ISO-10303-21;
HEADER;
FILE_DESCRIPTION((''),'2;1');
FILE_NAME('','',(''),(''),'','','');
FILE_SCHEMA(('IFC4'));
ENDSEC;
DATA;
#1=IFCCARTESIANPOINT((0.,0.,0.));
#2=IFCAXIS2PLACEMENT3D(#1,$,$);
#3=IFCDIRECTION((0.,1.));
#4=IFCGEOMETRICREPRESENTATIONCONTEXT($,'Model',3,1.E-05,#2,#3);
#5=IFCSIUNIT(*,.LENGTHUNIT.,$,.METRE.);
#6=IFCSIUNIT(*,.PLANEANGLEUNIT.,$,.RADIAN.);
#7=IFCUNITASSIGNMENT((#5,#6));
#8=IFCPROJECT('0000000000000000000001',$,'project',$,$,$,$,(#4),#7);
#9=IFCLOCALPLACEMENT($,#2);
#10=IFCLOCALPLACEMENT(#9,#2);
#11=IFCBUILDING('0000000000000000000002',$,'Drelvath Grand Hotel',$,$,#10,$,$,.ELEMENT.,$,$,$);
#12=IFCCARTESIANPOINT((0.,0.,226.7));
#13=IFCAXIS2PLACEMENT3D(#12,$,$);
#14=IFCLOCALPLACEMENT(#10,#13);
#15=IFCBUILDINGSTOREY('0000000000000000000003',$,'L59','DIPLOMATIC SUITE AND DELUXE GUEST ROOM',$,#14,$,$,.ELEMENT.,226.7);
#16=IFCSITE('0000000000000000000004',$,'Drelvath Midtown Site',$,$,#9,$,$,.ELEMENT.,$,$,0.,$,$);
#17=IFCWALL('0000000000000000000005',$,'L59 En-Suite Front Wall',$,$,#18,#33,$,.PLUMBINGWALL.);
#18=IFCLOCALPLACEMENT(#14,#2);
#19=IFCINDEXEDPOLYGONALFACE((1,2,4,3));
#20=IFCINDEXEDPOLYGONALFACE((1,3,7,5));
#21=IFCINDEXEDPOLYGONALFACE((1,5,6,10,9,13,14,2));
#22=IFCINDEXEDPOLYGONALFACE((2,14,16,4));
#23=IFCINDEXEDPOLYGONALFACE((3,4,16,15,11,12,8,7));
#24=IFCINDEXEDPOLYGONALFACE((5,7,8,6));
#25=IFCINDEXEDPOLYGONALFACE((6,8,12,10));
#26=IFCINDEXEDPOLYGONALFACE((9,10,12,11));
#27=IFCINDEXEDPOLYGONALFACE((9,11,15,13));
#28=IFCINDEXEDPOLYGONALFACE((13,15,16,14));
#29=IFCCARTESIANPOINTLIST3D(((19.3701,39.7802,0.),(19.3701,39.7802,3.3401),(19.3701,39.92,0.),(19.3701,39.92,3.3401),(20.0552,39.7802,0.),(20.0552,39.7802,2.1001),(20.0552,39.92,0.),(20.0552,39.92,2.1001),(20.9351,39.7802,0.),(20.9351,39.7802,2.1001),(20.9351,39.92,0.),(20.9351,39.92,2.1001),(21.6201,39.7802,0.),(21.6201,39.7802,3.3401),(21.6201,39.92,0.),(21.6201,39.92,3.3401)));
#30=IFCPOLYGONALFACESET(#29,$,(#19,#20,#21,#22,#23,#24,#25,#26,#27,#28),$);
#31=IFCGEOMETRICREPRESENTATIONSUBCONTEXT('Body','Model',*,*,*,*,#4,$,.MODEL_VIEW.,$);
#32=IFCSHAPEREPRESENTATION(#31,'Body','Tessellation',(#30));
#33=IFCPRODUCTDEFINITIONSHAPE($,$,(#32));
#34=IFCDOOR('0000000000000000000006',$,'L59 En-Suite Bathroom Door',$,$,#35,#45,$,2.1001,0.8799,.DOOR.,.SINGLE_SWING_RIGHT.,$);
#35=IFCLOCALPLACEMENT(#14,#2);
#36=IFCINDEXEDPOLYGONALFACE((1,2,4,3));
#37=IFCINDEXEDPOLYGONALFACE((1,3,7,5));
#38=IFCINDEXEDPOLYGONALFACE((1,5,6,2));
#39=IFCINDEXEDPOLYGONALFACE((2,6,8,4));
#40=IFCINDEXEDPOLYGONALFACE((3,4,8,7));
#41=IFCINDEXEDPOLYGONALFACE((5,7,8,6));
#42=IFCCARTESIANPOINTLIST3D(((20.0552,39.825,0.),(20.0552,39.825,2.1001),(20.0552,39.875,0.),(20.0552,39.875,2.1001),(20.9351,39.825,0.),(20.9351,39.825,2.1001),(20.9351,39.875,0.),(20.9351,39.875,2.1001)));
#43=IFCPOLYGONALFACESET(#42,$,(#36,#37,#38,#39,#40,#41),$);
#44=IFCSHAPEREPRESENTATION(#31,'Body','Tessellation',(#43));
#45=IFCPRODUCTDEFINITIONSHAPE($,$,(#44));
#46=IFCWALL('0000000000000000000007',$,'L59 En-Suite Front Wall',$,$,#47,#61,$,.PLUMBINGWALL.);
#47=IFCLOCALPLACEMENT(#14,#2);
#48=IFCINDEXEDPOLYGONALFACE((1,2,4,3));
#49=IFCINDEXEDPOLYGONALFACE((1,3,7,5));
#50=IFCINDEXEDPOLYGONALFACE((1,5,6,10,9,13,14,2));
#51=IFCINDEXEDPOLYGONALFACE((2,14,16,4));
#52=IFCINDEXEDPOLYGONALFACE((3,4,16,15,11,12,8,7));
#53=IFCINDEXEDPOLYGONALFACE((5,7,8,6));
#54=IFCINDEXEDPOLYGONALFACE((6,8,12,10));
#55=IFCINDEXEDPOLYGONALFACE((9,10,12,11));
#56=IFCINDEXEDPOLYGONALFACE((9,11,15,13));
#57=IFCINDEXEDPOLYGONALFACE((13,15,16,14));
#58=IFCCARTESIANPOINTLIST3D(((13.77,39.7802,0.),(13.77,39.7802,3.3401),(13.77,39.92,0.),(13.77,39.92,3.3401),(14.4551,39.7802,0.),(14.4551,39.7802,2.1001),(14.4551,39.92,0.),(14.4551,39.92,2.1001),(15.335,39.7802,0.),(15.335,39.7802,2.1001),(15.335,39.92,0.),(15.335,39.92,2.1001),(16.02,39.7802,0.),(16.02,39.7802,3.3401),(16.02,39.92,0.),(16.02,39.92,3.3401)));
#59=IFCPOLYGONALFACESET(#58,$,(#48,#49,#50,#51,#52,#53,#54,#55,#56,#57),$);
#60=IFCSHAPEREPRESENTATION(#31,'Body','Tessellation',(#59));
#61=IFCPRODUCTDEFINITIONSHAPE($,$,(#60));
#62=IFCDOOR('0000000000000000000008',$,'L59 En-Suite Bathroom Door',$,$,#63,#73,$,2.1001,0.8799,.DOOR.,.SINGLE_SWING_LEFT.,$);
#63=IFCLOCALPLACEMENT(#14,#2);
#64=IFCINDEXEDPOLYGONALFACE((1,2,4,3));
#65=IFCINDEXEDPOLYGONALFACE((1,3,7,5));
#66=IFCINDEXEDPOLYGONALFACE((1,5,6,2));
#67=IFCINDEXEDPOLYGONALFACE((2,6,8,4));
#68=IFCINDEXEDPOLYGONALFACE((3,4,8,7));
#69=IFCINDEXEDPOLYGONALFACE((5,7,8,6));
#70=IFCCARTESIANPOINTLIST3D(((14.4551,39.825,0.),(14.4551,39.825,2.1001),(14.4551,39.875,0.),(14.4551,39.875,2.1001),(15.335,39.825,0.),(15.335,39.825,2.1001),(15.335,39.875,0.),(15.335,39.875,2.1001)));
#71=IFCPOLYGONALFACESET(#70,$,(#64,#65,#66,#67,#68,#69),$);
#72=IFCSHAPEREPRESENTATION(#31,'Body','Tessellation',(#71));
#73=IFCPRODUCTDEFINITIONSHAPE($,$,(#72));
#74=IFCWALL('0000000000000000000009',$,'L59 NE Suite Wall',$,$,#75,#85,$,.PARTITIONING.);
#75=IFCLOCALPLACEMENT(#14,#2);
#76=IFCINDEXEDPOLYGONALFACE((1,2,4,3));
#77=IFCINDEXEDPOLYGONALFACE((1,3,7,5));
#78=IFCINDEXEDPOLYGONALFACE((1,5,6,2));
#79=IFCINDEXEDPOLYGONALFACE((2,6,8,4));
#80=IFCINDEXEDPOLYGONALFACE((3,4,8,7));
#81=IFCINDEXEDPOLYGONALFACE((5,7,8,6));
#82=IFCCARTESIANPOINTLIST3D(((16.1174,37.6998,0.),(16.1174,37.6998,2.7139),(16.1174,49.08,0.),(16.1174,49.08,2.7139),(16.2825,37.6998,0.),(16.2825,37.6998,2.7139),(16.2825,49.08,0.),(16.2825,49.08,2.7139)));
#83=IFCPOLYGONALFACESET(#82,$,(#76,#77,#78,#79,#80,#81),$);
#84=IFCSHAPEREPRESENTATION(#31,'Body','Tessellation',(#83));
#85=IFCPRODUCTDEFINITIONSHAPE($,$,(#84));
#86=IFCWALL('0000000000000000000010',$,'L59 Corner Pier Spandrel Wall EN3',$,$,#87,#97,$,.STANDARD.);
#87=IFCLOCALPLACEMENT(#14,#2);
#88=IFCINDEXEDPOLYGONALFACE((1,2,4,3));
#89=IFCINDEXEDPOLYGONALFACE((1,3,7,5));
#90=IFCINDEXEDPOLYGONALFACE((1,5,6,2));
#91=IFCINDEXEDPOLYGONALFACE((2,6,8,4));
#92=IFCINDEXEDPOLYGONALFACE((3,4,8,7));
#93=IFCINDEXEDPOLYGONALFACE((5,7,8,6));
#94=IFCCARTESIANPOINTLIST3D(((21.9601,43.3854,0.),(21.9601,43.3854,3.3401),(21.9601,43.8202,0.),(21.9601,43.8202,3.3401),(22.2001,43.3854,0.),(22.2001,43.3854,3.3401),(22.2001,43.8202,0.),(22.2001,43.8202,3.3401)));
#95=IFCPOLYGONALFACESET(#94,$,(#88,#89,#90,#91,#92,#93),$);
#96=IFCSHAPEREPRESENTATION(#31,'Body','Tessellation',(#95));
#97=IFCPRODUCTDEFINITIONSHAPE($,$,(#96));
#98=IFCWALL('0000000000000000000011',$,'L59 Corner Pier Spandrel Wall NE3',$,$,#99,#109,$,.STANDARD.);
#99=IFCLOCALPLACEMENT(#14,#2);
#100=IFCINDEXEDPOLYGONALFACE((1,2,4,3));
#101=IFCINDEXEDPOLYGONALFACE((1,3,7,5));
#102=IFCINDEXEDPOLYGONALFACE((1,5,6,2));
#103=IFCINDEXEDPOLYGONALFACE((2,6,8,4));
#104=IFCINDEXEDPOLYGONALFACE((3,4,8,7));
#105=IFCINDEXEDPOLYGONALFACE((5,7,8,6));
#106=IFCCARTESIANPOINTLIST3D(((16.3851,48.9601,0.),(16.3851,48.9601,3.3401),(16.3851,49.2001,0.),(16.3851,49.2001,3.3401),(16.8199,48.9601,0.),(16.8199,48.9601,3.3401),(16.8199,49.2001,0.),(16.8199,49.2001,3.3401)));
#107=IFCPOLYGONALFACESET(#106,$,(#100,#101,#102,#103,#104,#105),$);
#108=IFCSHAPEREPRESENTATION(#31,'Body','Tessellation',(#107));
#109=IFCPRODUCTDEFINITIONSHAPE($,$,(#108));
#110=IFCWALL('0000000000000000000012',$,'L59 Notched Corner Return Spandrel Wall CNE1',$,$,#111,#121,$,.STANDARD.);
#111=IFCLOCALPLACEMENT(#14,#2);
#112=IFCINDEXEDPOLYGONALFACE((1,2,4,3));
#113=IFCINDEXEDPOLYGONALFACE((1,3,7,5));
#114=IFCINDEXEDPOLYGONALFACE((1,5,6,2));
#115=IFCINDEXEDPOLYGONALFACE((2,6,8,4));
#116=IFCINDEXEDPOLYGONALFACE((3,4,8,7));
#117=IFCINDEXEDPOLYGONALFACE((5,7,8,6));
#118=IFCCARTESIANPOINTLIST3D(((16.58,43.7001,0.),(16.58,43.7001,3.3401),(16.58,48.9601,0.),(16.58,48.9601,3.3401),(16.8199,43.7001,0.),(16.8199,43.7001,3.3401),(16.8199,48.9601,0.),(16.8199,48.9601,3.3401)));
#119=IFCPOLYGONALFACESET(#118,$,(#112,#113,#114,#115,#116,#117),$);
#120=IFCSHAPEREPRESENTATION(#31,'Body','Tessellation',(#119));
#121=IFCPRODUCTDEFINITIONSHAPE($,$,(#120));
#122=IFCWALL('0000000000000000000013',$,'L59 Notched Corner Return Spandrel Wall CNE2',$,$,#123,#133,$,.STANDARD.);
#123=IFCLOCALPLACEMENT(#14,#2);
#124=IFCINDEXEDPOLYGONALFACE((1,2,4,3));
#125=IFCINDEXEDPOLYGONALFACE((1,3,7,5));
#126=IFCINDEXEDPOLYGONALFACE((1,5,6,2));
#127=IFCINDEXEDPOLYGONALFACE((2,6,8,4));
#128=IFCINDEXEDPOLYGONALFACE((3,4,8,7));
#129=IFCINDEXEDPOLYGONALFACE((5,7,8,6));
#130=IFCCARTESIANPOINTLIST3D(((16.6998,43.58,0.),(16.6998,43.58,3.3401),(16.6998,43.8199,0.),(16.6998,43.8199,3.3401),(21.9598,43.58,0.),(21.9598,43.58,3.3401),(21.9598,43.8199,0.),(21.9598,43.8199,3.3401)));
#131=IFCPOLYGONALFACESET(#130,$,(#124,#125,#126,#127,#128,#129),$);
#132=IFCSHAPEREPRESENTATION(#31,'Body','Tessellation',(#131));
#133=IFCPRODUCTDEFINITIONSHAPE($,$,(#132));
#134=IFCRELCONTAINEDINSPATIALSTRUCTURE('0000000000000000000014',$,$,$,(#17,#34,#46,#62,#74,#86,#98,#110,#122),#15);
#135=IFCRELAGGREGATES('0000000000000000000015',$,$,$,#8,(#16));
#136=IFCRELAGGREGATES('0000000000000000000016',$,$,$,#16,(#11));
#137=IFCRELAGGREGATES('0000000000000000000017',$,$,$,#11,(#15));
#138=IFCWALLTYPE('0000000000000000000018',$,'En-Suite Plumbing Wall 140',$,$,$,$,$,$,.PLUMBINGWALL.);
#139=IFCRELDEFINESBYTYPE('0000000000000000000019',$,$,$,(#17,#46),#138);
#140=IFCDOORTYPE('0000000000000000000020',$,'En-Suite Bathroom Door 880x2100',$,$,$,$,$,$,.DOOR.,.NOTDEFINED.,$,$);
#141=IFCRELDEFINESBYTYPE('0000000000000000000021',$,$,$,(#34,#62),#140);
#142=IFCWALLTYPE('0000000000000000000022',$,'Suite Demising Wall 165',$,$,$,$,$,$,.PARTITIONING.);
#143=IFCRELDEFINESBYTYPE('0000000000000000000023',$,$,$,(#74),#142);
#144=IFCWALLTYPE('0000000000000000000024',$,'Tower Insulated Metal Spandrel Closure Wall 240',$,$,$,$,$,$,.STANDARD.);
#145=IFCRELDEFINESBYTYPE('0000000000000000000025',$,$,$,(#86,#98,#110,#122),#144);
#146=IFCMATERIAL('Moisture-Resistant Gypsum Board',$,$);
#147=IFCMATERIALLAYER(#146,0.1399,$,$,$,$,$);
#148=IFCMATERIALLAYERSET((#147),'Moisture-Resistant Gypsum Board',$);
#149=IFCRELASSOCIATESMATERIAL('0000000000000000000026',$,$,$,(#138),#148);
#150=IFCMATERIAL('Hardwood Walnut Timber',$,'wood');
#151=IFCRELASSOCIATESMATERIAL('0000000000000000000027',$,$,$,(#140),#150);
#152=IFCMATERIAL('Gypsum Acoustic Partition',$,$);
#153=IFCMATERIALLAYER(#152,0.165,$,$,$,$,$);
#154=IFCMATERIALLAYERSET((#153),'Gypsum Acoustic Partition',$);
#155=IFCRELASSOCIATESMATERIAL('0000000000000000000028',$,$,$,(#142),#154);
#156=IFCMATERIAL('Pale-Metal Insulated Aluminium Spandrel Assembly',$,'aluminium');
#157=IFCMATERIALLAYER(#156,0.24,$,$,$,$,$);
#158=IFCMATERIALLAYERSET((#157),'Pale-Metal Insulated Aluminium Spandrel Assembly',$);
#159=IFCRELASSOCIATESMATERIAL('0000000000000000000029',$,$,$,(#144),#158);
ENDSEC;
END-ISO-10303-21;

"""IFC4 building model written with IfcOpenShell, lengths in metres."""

from ifc_helpers import new_model, si_unit, direction, frame, frame_2d, origin, place, context, subcontext, project, spatial, rectangle, extrude, material, layer, layer_set, type_object, element, fill, save


model = new_model("IFC4")

# Units and contexts
model_context = context("Model", 3, precision=1e-05, world=origin(), true_north=direction((0.0, 1.0)))
body_context = subcontext(model_context, "Body", "Model", "MODEL_VIEW")
ifc_project = project(units=[si_unit("LENGTHUNIT", "METRE"), si_unit("PLANEANGLEUNIT", "RADIAN")], contexts=[model_context])

# Site, building, storey
site_placement = place(None, origin())
site = spatial("IfcSite", under=ifc_project, at=site_placement, Name="Drelvath Midtown Site", CompositionType="ELEMENT", RefElevation=0.0)
building_placement = place(site_placement, origin())
building = spatial("IfcBuilding", under=site, at=building_placement, Name="Drelvath Grand Hotel", CompositionType="ELEMENT")
storey_placement = place(building_placement, frame((0.0, 0.0, 226.7)))
storey = spatial("IfcBuildingStorey", under=building, at=storey_placement, Name="L59", Description="DIPLOMATIC SUITE AND DELUXE GUEST ROOM", CompositionType="ELEMENT", Elevation=226.7)

# Shared definitions
ifc_material_1 = material(Name="Moisture-Resistant Gypsum Board")
ifc_layer_1 = layer(ifc_material_1, 0.1399)
ifc_layer_set_1 = layer_set([ifc_layer_1], Name="Moisture-Resistant Gypsum Board")
wall_type_1 = type_object("IfcWallType", Name="En-Suite Plumbing Wall 140", PredefinedType="PLUMBINGWALL", material=ifc_layer_set_1)

# Walls, openings, doors
wall_1_placement = place(storey_placement, frame((19.3701, 39.8501, 0.0), z_axis=(0.0, 0.0, 1.0), x_axis=(1.0, 0.0, 0.0)))
wall_1 = element("IfcWall", 1, at=wall_1_placement, inside=storey, type_object=wall_type_1, Name="L59 En-Suite Front Wall", PredefinedType="PLUMBINGWALL", context=body_context, shape_type="SweptSolid", body=[
    extrude(rectangle(XDim=2.25, YDim=0.1399, at=frame_2d((1.125, 0.0))), origin(), (0.0, 0.0, 1.0), 3.3401),
])
opening_1_placement = place(wall_1_placement, frame((0.6851, 0.0, 0.0)))
opening_1 = element("IfcOpeningElement", 2, at=opening_1_placement, cuts=wall_1, PredefinedType="OPENING", context=body_context, shape_type="SweptSolid", body=[
    extrude(rectangle(XDim=0.8799, YDim=2.1001, at=frame_2d((0.4399, 1.05))), frame((0.0, 0.0798, 0.0), z_axis=(0.0, -1.0, 0.0), x_axis=(1.0, 0.0, 0.0)), (0.0, 0.0, 1.0), 0.1599),
])
ifc_material_2 = material(Name="Hardwood Walnut Timber", Category="wood")
door_type = type_object("IfcDoorType", Name="En-Suite Bathroom Door 880x2100", OperationType="NOTDEFINED", PredefinedType="DOOR", material=ifc_material_2)
door_1_placement = place(opening_1_placement, origin())
door_1 = element("IfcDoor", 3, at=door_1_placement, inside=storey, type_object=door_type, Name="L59 En-Suite Bathroom Door", OperationType="SINGLE_SWING_RIGHT", OverallHeight=2.1001, OverallWidth=0.8799, PredefinedType="DOOR", context=body_context, shape_type="SweptSolid", body=[
    extrude(rectangle(XDim=0.8799, YDim=2.1001, at=frame_2d((0.4399, 1.05))), frame((0.0, 0.0249, 0.0), z_axis=(0.0, -1.0, 0.0), x_axis=(1.0, 0.0, 0.0)), (0.0, 0.0, 1.0), 0.05),
])
fill(opening_1, door_1)
wall_2_placement = place(storey_placement, frame((13.77, 39.8501, 0.0), z_axis=(0.0, 0.0, 1.0), x_axis=(1.0, 0.0, 0.0)))
wall_2 = element("IfcWall", 4, at=wall_2_placement, inside=storey, type_object=wall_type_1, Name="L59 En-Suite Front Wall", PredefinedType="PLUMBINGWALL", context=body_context, shape_type="SweptSolid", body=[
    extrude(rectangle(XDim=2.25, YDim=0.1399, at=frame_2d((1.125, 0.0))), origin(), (0.0, 0.0, 1.0), 3.3401),
])
opening_2_placement = place(wall_2_placement, frame((0.6851, 0.0, 0.0)))
opening_2 = element("IfcOpeningElement", 5, at=opening_2_placement, cuts=wall_2, PredefinedType="OPENING", context=body_context, shape_type="SweptSolid", body=[
    extrude(rectangle(XDim=0.8799, YDim=2.1001, at=frame_2d((0.4399, 1.05))), frame((0.0, 0.0798, 0.0), z_axis=(0.0, -1.0, 0.0), x_axis=(1.0, 0.0, 0.0)), (0.0, 0.0, 1.0), 0.1599),
])
door_2_placement = place(opening_2_placement, origin())
door_2 = element("IfcDoor", 6, at=door_2_placement, inside=storey, type_object=door_type, Name="L59 En-Suite Bathroom Door", OperationType="SINGLE_SWING_LEFT", OverallHeight=2.1001, OverallWidth=0.8799, PredefinedType="DOOR", context=body_context, shape_type="SweptSolid", body=[
    extrude(rectangle(XDim=0.8799, YDim=2.1001, at=frame_2d((0.4399, 1.05))), frame((0.0, 0.0249, 0.0), z_axis=(0.0, -1.0, 0.0), x_axis=(1.0, 0.0, 0.0)), (0.0, 0.0, 1.0), 0.05),
])
fill(opening_2, door_2)

# Walls
ifc_material_3 = material(Name="Gypsum Acoustic Partition")
ifc_layer_2 = layer(ifc_material_3, 0.165)
ifc_layer_set_2 = layer_set([ifc_layer_2], Name="Gypsum Acoustic Partition")
wall_type_2 = type_object("IfcWallType", Name="Suite Demising Wall 165", PredefinedType="PARTITIONING", material=ifc_layer_set_2)
wall_3_placement = place(storey_placement, frame((16.2, 37.7, 0.0), z_axis=(0.0, 0.0, 1.0), x_axis=(0.0, 1.0, 0.0)))
element("IfcWall", 7, at=wall_3_placement, inside=storey, type_object=wall_type_2, Name="L59 NE Suite Wall", PredefinedType="PARTITIONING", context=body_context, shape_type="SweptSolid", body=[
    extrude(rectangle(XDim=11.3801, YDim=0.165, at=frame_2d((5.6899, 0.0))), origin(), (0.0, 0.0, 1.0), 2.7139),
])
ifc_material_4 = material(Name="Pale-Metal Insulated Aluminium Spandrel Assembly", Category="aluminium")
ifc_layer_3 = layer(ifc_material_4, 0.24)
ifc_layer_set_3 = layer_set([ifc_layer_3], Name="Pale-Metal Insulated Aluminium Spandrel Assembly")
wall_type_3 = type_object("IfcWallType", Name="Tower Insulated Metal Spandrel Closure Wall 240", PredefinedType="STANDARD", material=ifc_layer_set_3)
for number, where, z_axis, x_axis, name in (
    (8, (22.0801, 43.8201, 0.0), (0.0, 0.0, 1.0), (0.0, -1.0, 0.0), "L59 Corner Pier Spandrel Wall EN3"),
    (9, (16.3853, 49.0801, 0.0), (0.0, 0.0, 1.0), (1.0, 0.0, 0.0), "L59 Corner Pier Spandrel Wall NE3"),
):
    element("IfcWall", number, at=place(storey_placement, frame(where, z_axis=z_axis, x_axis=x_axis)), inside=storey, type_object=wall_type_3, Name=name, PredefinedType="STANDARD", context=body_context, shape_type="SweptSolid", body=[
        extrude(rectangle(XDim=0.4348, YDim=0.24, at=frame_2d((0.2173, 0.0))), origin(), (0.0, 0.0, 1.0), 3.3401),
    ])
for number, where, z_axis, x_axis, name in (
    (10, (16.7, 48.96, 0.0), (0.0, 0.0, 1.0), (0.0, -1.0, 0.0), "L59 Notched Corner Return Spandrel Wall CNE1"),
    (11, (16.7, 43.7, 0.0), (0.0, 0.0, 1.0), (1.0, 0.0, 0.0), "L59 Notched Corner Return Spandrel Wall CNE2"),
):
    element("IfcWall", number, at=place(storey_placement, frame(where, z_axis=z_axis, x_axis=x_axis)), inside=storey, type_object=wall_type_3, Name=name, PredefinedType="STANDARD", context=body_context, shape_type="SweptSolid", body=[
        extrude(rectangle(XDim=5.26, YDim=0.24, at=frame_2d((2.6299, 0.0))), origin(), (0.0, 0.0, 1.0), 3.3401),
    ])

save(model, "model.ifc")
